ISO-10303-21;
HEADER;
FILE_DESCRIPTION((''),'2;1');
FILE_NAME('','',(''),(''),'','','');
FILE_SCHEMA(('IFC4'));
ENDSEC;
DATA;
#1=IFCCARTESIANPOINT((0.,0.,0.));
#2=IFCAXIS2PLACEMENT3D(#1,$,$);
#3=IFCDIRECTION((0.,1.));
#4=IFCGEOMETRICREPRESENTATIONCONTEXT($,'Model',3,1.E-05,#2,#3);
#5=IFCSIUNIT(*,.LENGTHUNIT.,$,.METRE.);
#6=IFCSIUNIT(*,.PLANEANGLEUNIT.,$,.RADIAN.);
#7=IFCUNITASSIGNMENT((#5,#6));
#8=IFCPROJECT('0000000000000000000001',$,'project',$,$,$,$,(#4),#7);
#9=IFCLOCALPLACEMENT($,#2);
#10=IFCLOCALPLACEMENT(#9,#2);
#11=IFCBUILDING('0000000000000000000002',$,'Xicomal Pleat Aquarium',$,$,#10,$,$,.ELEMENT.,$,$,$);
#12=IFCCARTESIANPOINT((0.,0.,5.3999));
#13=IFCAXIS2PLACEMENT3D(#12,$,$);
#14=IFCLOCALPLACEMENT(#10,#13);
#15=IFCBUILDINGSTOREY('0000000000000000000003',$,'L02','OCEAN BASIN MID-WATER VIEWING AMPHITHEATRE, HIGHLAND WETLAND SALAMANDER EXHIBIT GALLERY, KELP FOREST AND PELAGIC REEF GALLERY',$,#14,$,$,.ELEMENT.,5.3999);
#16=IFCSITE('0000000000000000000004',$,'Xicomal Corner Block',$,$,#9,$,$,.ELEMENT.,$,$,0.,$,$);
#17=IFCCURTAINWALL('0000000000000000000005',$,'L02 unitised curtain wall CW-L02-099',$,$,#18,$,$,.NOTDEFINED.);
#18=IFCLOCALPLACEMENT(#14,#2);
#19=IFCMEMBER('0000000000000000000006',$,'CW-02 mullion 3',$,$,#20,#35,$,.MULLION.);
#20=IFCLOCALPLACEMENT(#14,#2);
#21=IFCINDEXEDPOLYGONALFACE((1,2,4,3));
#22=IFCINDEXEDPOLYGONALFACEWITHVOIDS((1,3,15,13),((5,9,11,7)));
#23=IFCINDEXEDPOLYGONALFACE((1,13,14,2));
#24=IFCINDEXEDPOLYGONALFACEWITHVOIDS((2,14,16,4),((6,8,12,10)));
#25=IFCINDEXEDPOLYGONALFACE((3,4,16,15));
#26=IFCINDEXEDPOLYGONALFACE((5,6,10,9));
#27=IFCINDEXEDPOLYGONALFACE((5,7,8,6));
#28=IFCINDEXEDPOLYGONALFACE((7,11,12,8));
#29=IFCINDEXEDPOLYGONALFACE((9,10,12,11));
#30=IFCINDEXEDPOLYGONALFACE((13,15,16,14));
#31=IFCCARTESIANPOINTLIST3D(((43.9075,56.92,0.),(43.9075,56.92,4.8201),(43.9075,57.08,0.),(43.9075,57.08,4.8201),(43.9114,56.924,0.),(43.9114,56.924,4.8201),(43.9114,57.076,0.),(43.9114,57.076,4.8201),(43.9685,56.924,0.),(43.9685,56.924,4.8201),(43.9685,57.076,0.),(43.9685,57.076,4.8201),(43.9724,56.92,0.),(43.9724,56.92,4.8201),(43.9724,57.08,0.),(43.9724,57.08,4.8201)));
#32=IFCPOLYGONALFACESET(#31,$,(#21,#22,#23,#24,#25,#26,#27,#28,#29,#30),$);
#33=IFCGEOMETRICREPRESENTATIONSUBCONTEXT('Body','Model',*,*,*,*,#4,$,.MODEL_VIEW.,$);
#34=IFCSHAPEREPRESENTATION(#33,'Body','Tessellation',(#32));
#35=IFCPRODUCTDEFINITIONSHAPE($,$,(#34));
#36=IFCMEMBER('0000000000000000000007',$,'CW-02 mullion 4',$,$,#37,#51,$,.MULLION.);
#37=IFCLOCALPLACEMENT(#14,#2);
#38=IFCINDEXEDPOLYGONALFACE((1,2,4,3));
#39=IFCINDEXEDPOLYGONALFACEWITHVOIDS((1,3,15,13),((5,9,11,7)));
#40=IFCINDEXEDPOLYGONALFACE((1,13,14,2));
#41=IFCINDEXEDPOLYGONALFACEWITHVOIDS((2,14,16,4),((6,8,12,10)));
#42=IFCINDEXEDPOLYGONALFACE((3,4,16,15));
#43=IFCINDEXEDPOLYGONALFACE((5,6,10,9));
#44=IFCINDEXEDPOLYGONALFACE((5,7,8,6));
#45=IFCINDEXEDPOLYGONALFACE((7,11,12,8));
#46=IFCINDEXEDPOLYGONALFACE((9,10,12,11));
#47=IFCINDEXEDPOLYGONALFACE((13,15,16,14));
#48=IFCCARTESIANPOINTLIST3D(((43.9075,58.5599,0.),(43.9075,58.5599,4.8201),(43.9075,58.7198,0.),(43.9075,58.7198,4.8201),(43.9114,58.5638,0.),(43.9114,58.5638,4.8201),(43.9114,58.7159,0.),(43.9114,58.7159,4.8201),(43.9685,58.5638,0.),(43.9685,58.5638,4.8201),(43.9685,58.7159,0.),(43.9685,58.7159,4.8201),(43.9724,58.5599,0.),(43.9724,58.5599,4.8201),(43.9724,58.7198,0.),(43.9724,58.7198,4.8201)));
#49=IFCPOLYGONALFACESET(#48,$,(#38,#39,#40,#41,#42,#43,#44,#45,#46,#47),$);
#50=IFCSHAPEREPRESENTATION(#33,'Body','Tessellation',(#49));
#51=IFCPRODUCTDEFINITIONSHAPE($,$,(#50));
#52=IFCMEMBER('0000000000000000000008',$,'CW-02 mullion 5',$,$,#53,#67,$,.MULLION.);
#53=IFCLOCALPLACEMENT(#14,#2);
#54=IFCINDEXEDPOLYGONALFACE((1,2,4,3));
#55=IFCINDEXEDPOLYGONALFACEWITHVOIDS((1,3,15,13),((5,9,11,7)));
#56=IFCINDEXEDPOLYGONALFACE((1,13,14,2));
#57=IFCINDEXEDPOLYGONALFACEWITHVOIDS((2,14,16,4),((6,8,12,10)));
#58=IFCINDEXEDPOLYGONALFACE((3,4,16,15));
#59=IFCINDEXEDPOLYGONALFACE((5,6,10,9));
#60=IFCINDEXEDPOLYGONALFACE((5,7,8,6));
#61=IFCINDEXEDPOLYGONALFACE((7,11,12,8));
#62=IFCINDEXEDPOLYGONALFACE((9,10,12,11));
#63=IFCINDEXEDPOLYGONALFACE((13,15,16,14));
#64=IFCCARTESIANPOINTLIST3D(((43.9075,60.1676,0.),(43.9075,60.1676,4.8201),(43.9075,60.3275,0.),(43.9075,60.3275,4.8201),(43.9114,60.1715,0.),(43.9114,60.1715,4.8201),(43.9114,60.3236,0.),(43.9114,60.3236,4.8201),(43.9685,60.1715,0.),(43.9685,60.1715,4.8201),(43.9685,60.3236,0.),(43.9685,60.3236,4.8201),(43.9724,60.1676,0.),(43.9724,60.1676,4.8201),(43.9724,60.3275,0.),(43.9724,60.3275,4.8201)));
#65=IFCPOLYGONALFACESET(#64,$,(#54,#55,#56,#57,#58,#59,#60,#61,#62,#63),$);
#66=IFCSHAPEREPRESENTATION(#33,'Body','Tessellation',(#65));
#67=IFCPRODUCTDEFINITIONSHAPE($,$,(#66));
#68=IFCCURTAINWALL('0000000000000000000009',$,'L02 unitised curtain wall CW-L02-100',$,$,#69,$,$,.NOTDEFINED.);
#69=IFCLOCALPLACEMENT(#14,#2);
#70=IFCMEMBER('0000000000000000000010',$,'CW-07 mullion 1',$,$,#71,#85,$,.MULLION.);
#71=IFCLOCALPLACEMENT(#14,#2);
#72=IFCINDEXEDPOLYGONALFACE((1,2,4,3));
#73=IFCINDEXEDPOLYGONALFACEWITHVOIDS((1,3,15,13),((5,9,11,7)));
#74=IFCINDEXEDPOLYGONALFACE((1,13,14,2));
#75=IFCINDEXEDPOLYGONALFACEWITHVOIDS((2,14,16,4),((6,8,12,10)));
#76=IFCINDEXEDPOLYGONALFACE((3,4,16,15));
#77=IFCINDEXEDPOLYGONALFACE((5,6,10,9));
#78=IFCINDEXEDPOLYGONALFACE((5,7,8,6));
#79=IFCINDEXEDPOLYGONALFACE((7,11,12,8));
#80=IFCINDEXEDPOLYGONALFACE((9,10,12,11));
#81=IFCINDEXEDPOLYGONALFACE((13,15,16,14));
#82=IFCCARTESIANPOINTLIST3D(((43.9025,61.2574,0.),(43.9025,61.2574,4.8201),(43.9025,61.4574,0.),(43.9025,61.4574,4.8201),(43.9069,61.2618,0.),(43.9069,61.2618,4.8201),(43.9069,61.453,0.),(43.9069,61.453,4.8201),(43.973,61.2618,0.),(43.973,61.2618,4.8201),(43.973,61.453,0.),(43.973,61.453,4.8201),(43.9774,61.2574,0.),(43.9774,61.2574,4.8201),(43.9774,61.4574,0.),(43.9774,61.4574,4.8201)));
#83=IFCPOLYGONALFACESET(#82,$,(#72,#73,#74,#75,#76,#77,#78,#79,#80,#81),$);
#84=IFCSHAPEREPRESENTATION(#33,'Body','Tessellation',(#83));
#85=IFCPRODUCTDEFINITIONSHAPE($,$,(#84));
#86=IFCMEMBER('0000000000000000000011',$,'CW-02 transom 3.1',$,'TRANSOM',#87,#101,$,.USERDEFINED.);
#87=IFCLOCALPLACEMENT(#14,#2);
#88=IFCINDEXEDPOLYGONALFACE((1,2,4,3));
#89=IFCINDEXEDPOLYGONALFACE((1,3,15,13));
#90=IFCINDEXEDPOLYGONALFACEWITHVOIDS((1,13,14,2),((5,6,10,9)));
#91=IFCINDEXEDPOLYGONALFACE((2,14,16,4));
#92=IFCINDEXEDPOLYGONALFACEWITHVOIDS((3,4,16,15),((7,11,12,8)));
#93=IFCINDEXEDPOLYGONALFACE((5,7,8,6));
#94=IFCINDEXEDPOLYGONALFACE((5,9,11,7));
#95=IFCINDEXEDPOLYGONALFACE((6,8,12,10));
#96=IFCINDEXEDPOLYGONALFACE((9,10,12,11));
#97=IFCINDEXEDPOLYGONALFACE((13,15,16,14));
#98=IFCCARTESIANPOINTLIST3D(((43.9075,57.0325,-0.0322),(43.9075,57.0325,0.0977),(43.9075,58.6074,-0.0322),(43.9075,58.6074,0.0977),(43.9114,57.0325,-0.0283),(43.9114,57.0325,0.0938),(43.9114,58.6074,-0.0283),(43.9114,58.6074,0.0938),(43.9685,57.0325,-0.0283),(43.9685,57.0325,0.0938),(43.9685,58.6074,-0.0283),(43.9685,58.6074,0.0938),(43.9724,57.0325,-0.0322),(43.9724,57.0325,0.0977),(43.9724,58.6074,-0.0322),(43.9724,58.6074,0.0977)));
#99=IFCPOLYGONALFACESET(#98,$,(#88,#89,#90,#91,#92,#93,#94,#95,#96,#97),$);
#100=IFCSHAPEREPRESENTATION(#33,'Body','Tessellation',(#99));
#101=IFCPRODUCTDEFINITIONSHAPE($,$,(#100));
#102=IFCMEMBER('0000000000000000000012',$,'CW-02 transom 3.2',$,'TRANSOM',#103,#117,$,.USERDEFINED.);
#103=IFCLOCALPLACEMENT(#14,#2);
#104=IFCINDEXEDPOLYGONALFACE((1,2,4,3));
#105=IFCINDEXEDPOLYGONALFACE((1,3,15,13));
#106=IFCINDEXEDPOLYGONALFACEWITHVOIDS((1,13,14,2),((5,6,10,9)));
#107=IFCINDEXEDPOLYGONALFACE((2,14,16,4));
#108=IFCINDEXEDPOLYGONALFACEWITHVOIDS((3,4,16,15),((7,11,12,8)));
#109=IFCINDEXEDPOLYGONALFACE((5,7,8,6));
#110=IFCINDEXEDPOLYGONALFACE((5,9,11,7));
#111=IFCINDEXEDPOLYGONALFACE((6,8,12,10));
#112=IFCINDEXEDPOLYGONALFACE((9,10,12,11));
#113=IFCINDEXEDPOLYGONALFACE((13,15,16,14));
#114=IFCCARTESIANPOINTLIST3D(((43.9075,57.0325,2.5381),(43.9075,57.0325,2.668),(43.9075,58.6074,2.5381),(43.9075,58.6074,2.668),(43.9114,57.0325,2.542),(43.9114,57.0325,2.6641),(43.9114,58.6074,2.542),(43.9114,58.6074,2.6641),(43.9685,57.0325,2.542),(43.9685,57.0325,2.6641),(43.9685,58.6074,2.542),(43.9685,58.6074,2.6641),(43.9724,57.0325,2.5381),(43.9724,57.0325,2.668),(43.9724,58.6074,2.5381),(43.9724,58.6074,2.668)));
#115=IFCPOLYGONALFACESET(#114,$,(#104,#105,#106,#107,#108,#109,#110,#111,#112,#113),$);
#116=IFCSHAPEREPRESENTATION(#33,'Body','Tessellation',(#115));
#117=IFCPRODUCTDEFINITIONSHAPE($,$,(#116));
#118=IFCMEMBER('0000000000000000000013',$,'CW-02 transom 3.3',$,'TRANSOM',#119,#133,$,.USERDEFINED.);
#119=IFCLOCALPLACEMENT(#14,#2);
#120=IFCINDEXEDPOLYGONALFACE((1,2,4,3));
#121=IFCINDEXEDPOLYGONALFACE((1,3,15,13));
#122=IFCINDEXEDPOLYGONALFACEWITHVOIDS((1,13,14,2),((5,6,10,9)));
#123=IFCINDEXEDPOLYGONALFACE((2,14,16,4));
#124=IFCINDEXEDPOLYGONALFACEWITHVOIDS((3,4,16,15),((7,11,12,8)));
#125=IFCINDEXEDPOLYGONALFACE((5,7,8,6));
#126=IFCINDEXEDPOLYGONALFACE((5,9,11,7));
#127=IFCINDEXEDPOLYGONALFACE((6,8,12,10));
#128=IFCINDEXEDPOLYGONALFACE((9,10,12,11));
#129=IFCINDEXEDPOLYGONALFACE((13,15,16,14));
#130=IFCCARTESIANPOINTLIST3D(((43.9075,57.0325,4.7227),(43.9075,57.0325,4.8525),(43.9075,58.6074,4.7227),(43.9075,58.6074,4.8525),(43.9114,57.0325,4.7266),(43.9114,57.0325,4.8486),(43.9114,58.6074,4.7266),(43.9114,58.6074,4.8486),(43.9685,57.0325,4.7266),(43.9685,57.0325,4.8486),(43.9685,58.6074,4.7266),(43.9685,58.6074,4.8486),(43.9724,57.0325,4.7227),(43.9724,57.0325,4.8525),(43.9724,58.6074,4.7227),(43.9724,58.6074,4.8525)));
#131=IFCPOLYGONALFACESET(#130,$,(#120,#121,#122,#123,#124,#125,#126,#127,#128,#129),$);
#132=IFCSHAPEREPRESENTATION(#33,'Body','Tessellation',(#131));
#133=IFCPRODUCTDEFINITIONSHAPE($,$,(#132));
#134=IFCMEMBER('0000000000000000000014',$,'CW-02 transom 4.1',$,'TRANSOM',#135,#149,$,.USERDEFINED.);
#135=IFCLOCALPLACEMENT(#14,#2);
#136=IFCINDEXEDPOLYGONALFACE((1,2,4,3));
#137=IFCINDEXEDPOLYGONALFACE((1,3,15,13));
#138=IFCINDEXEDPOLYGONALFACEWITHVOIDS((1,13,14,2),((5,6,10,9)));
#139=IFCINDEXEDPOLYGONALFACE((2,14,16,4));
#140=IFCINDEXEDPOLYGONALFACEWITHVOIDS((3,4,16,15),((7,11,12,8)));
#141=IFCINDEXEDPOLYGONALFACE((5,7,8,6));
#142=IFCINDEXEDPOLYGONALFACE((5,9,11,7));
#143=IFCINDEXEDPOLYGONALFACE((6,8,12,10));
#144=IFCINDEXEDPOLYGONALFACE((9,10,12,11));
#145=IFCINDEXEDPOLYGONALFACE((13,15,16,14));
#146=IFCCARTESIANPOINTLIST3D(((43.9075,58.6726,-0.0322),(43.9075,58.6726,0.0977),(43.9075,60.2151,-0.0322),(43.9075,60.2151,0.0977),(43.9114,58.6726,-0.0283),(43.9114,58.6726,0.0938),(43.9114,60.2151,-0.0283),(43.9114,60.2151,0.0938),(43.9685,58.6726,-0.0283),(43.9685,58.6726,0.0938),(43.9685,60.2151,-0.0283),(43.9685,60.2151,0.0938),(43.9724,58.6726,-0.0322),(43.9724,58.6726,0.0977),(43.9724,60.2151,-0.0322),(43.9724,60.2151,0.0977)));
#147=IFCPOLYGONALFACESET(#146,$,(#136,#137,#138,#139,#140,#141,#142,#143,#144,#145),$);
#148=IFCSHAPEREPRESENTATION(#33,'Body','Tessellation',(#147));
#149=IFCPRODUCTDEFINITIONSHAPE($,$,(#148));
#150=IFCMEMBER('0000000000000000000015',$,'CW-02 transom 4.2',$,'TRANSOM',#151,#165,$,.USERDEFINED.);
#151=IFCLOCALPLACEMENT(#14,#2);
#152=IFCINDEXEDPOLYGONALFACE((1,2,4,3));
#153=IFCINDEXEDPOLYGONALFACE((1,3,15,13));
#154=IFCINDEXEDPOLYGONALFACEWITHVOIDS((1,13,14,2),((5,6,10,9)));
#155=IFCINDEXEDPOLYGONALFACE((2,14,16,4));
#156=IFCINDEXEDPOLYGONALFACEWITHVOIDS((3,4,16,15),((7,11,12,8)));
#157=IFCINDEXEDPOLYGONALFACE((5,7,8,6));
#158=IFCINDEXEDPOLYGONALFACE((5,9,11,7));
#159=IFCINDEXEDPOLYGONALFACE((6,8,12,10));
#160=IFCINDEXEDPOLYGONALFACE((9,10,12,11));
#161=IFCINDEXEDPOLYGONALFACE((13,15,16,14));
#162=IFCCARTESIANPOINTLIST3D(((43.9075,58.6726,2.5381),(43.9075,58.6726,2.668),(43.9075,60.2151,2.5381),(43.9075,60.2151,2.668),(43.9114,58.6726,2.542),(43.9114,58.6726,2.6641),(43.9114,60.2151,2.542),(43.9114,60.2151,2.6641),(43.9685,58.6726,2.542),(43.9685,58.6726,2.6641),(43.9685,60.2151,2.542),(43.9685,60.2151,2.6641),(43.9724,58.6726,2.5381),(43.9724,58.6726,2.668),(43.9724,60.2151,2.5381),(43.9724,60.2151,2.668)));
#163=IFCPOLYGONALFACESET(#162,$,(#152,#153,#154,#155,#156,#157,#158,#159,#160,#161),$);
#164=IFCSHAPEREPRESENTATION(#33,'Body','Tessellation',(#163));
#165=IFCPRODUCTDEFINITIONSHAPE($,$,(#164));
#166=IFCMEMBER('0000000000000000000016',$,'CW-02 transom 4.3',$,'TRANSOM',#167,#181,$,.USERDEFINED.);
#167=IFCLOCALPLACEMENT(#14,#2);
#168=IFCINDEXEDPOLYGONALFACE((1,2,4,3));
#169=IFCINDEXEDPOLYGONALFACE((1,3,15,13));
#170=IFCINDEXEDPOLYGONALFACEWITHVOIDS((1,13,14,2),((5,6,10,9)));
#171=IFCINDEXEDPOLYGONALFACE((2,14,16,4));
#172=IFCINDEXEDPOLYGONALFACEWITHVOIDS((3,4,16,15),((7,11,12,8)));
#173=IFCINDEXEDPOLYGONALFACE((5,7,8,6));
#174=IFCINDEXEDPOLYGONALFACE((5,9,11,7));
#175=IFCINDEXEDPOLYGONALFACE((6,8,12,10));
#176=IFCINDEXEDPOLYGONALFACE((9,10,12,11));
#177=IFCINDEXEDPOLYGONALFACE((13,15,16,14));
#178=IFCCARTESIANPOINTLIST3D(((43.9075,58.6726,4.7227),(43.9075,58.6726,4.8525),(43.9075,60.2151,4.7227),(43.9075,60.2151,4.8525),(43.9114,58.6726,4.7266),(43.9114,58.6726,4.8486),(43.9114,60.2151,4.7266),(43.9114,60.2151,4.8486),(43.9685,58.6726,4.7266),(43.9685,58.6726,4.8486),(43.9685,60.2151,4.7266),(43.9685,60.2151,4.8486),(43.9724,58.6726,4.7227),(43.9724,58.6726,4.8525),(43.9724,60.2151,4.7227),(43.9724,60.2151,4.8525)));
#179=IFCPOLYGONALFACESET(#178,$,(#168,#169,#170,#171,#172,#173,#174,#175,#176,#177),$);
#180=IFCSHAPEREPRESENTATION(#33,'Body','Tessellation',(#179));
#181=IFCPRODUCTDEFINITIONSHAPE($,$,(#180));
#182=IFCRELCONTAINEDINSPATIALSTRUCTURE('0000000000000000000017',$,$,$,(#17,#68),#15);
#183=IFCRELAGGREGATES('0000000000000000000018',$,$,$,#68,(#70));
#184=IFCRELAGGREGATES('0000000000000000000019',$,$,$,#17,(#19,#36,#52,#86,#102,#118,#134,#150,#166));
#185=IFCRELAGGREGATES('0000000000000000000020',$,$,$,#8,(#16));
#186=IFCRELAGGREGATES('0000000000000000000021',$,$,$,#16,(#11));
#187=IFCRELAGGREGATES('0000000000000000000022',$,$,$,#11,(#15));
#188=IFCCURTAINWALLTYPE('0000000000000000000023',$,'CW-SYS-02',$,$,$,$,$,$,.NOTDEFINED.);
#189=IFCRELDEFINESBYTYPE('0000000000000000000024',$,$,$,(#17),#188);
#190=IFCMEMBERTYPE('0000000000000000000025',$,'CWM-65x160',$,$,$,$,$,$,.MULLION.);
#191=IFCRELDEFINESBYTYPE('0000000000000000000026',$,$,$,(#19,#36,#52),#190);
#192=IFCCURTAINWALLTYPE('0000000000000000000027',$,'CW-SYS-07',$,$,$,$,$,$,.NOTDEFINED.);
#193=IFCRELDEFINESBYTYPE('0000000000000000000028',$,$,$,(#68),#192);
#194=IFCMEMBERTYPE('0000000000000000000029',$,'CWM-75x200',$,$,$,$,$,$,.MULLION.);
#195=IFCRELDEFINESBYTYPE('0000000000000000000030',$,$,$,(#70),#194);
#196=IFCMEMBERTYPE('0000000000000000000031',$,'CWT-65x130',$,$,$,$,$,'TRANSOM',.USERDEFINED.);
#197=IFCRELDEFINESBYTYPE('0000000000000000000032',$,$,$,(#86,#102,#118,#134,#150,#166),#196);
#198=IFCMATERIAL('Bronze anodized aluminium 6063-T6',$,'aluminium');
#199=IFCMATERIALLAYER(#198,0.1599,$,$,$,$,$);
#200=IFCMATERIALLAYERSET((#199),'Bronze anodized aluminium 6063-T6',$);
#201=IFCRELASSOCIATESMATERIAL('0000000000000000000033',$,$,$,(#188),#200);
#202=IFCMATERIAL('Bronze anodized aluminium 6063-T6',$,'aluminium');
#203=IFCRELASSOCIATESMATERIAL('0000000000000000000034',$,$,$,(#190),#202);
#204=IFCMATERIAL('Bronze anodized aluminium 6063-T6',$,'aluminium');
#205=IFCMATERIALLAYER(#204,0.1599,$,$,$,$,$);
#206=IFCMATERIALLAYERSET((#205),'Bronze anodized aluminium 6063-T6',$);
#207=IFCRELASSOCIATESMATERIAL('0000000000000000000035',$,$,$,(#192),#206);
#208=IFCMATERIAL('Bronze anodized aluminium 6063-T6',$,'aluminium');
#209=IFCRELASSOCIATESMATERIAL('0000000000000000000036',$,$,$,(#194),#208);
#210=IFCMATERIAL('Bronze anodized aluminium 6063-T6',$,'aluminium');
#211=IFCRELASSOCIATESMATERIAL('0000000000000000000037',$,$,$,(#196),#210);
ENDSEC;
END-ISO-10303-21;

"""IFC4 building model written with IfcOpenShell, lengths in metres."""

from ifc_helpers import new_model, si_unit, direction, frame, origin, origin_2d, place, context, subcontext, project, spatial, hollow_rectangle, extrude, material, layer, layer_set, material_profile, profile_set, type_object, element, aggregate, save


model = new_model("IFC4")

# Units and contexts
model_context = context("Model", 3, precision=1e-05, world=origin(), true_north=direction((0.0, 1.0)))
body_context = subcontext(model_context, "Body", "Model", "MODEL_VIEW")
ifc_project = project(units=[si_unit("LENGTHUNIT", "METRE"), si_unit("PLANEANGLEUNIT", "RADIAN")], contexts=[model_context])

# Site, building, storey
site_placement = place(None, origin())
site = spatial("IfcSite", under=ifc_project, at=site_placement, Name="Xicomal Corner Block", CompositionType="ELEMENT", RefElevation=0.0)
building_placement = place(site_placement, origin())
building = spatial("IfcBuilding", under=site, at=building_placement, Name="Xicomal Pleat Aquarium", CompositionType="ELEMENT")
storey_placement = place(building_placement, frame((0.0, 0.0, 5.3999)))
storey = spatial("IfcBuildingStorey", under=building, at=storey_placement, Name="L02", Description="OCEAN BASIN MID-WATER VIEWING AMPHITHEATRE, HIGHLAND WETLAND SALAMANDER EXHIBIT GALLERY, KELP FOREST AND PELAGIC REEF GALLERY", CompositionType="ELEMENT", Elevation=5.3999)

# Curtain wall, members
ifc_material_1 = material(Name="Bronze anodized aluminium 6063-T6", Category="aluminium")
ifc_layer_1 = layer(ifc_material_1, 0.1599)
ifc_layer_set_1 = layer_set([ifc_layer_1], Name="Bronze anodized aluminium 6063-T6")
curtain_wall_type_1 = type_object("IfcCurtainWallType", Name="CW-SYS-02", PredefinedType="NOTDEFINED", material=ifc_layer_set_1)
curtain_wall_1_placement = place(storey_placement, origin())
curtain_wall_1 = element("IfcCurtainWall", 1, at=curtain_wall_1_placement, inside=storey, type_object=curtain_wall_type_1, Name="L02 unitised curtain wall CW-L02-099", PredefinedType="NOTDEFINED")
ifc_material_2 = material(Name="Bronze anodized aluminium 6063-T6", Category="aluminium")
ifc_material_profile_1 = material_profile(ifc_material_2, hollow_rectangle(XDim=0.0649, YDim=0.1599, WallThickness=0.0039, at=origin_2d()), Name="ALU MULL 65x160")
ifc_profile_set_1 = profile_set([ifc_material_profile_1], Name="Bronze anodized aluminium 6063-T6")
member_type_1 = type_object("IfcMemberType", Name="CWM-65x160", PredefinedType="MULLION", material=ifc_profile_set_1)
member_1_placement = place(storey_placement, frame((43.9399, 57.0, 0.0), z_axis=(0.0, 0.0, 1.0), x_axis=(-1.0, 0.0, 0.0)))
member_1 = element("IfcMember", 2, at=member_1_placement, type_object=member_type_1, Name="CW-02 mullion 3", PredefinedType="MULLION", context=body_context, shape_type="SweptSolid", body=[
    extrude(hollow_rectangle(XDim=0.0649, YDim=0.1599, WallThickness=0.0039, at=origin_2d()), origin(), (0.0, 0.0, 1.0), 4.8201),
])
member_2_placement = place(storey_placement, frame((43.9399, 58.6399, 0.0), z_axis=(0.0, 0.0, 1.0), x_axis=(-1.0, 0.0, 0.0)))
member_2 = element("IfcMember", 3, at=member_2_placement, type_object=member_type_1, Name="CW-02 mullion 4", PredefinedType="MULLION", context=body_context, shape_type="SweptSolid", body=[
    extrude(hollow_rectangle(XDim=0.0649, YDim=0.1599, WallThickness=0.0039, at=origin_2d()), origin(), (0.0, 0.0, 1.0), 4.8201),
])
member_3_placement = place(storey_placement, frame((43.9399, 60.2476, 0.0), z_axis=(0.0, 0.0, 1.0), x_axis=(-1.0, 0.0, 0.0)))
member_3 = element("IfcMember", 4, at=member_3_placement, type_object=member_type_1, Name="CW-02 mullion 5", PredefinedType="MULLION", context=body_context, shape_type="SweptSolid", body=[
    extrude(hollow_rectangle(XDim=0.0649, YDim=0.1599, WallThickness=0.0039, at=origin_2d()), origin(), (0.0, 0.0, 1.0), 4.8201),
])

# Curtain wall, member
ifc_material_3 = material(Name="Bronze anodized aluminium 6063-T6", Category="aluminium")
ifc_layer_2 = layer(ifc_material_3, 0.1599)
ifc_layer_set_2 = layer_set([ifc_layer_2], Name="Bronze anodized aluminium 6063-T6")
curtain_wall_type_2 = type_object("IfcCurtainWallType", Name="CW-SYS-07", PredefinedType="NOTDEFINED", material=ifc_layer_set_2)
curtain_wall_2_placement = place(storey_placement, origin())
curtain_wall_2 = element("IfcCurtainWall", 5, at=curtain_wall_2_placement, inside=storey, type_object=curtain_wall_type_2, Name="L02 unitised curtain wall CW-L02-100", PredefinedType="NOTDEFINED")
ifc_material_4 = material(Name="Bronze anodized aluminium 6063-T6", Category="aluminium")
ifc_material_profile_2 = material_profile(ifc_material_4, hollow_rectangle(XDim=0.075, YDim=0.2, WallThickness=0.0044, at=origin_2d()), Name="ALU MULL 75x200")
ifc_profile_set_2 = profile_set([ifc_material_profile_2], Name="Bronze anodized aluminium 6063-T6")
member_type_2 = type_object("IfcMemberType", Name="CWM-75x200", PredefinedType="MULLION", material=ifc_profile_set_2)
member_4_placement = place(storey_placement, frame((43.9399, 61.3574, 0.0), z_axis=(0.0, 0.0, 1.0), x_axis=(-1.0, 0.0, 0.0)))
member_4 = element("IfcMember", 6, at=member_4_placement, type_object=member_type_2, Name="CW-07 mullion 1", PredefinedType="MULLION", context=body_context, shape_type="SweptSolid", body=[
    extrude(hollow_rectangle(XDim=0.075, YDim=0.2, WallThickness=0.0044, at=origin_2d()), origin(), (0.0, 0.0, 1.0), 4.8201),
])

# Members
ifc_material_5 = material(Name="Bronze anodized aluminium 6063-T6", Category="aluminium")
ifc_material_profile_3 = material_profile(ifc_material_5, hollow_rectangle(XDim=0.0649, YDim=0.1299, WallThickness=0.0039, at=origin_2d()), Name="ALU TRAN 65x130")
ifc_profile_set_3 = profile_set([ifc_material_profile_3], Name="Bronze anodized aluminium 6063-T6")
member_type_3 = type_object("IfcMemberType", Name="CWT-65x130", ElementType="TRANSOM", PredefinedType="USERDEFINED", material=ifc_profile_set_3)
member_5_placement = place(storey_placement, frame((43.9399, 57.0325, 0.0327), z_axis=(0.0, 1.0, 0.0), x_axis=(-1.0, 0.0, 0.0)))
member_5 = element("IfcMember", 7, at=member_5_placement, type_object=member_type_3, Name="CW-02 transom 3.1", ObjectType="TRANSOM", PredefinedType="USERDEFINED", context=body_context, shape_type="SweptSolid", body=[
    extrude(hollow_rectangle(XDim=0.0649, YDim=0.1299, WallThickness=0.0039, at=origin_2d()), origin(), (0.0, 0.0, 1.0), 1.575),
])
member_6_placement = place(storey_placement, frame((43.9399, 57.0325, 2.603), z_axis=(0.0, 1.0, 0.0), x_axis=(-1.0, 0.0, 0.0)))
member_6 = element("IfcMember", 8, at=member_6_placement, type_object=member_type_3, Name="CW-02 transom 3.2", ObjectType="TRANSOM", PredefinedType="USERDEFINED", context=body_context, shape_type="SweptSolid", body=[
    extrude(hollow_rectangle(XDim=0.0649, YDim=0.1299, WallThickness=0.0039, at=origin_2d()), origin(), (0.0, 0.0, 1.0), 1.575),
])
member_7_placement = place(storey_placement, frame((43.9399, 57.0325, 4.7876), z_axis=(0.0, 1.0, 0.0), x_axis=(-1.0, 0.0, 0.0)))
member_7 = element("IfcMember", 9, at=member_7_placement, type_object=member_type_3, Name="CW-02 transom 3.3", ObjectType="TRANSOM", PredefinedType="USERDEFINED", context=body_context, shape_type="SweptSolid", body=[
    extrude(hollow_rectangle(XDim=0.0649, YDim=0.1299, WallThickness=0.0039, at=origin_2d()), origin(), (0.0, 0.0, 1.0), 1.575),
])
member_8_placement = place(storey_placement, frame((43.9399, 58.6726, 0.0327), z_axis=(0.0, 1.0, 0.0), x_axis=(-1.0, 0.0, 0.0)))
member_8 = element("IfcMember", 10, at=member_8_placement, type_object=member_type_3, Name="CW-02 transom 4.1", ObjectType="TRANSOM", PredefinedType="USERDEFINED", context=body_context, shape_type="SweptSolid", body=[
    extrude(hollow_rectangle(XDim=0.0649, YDim=0.1299, WallThickness=0.0039, at=origin_2d()), origin(), (0.0, 0.0, 1.0), 1.5425),
])
member_9_placement = place(storey_placement, frame((43.9399, 58.6726, 2.603), z_axis=(0.0, 1.0, 0.0), x_axis=(-1.0, 0.0, 0.0)))
member_9 = element("IfcMember", 11, at=member_9_placement, type_object=member_type_3, Name="CW-02 transom 4.2", ObjectType="TRANSOM", PredefinedType="USERDEFINED", context=body_context, shape_type="SweptSolid", body=[
    extrude(hollow_rectangle(XDim=0.0649, YDim=0.1299, WallThickness=0.0039, at=origin_2d()), origin(), (0.0, 0.0, 1.0), 1.5425),
])
member_10_placement = place(storey_placement, frame((43.9399, 58.6726, 4.7876), z_axis=(0.0, 1.0, 0.0), x_axis=(-1.0, 0.0, 0.0)))
member_10 = element("IfcMember", 12, at=member_10_placement, type_object=member_type_3, Name="CW-02 transom 4.3", ObjectType="TRANSOM", PredefinedType="USERDEFINED", context=body_context, shape_type="SweptSolid", body=[
    extrude(hollow_rectangle(XDim=0.0649, YDim=0.1299, WallThickness=0.0039, at=origin_2d()), origin(), (0.0, 0.0, 1.0), 1.5425),
])

aggregate(curtain_wall_2, [member_4])
aggregate(curtain_wall_1, [member_1, member_2, member_3, member_5, member_6, member_7, member_8, member_9, member_10])

save(model, "model.ifc")
